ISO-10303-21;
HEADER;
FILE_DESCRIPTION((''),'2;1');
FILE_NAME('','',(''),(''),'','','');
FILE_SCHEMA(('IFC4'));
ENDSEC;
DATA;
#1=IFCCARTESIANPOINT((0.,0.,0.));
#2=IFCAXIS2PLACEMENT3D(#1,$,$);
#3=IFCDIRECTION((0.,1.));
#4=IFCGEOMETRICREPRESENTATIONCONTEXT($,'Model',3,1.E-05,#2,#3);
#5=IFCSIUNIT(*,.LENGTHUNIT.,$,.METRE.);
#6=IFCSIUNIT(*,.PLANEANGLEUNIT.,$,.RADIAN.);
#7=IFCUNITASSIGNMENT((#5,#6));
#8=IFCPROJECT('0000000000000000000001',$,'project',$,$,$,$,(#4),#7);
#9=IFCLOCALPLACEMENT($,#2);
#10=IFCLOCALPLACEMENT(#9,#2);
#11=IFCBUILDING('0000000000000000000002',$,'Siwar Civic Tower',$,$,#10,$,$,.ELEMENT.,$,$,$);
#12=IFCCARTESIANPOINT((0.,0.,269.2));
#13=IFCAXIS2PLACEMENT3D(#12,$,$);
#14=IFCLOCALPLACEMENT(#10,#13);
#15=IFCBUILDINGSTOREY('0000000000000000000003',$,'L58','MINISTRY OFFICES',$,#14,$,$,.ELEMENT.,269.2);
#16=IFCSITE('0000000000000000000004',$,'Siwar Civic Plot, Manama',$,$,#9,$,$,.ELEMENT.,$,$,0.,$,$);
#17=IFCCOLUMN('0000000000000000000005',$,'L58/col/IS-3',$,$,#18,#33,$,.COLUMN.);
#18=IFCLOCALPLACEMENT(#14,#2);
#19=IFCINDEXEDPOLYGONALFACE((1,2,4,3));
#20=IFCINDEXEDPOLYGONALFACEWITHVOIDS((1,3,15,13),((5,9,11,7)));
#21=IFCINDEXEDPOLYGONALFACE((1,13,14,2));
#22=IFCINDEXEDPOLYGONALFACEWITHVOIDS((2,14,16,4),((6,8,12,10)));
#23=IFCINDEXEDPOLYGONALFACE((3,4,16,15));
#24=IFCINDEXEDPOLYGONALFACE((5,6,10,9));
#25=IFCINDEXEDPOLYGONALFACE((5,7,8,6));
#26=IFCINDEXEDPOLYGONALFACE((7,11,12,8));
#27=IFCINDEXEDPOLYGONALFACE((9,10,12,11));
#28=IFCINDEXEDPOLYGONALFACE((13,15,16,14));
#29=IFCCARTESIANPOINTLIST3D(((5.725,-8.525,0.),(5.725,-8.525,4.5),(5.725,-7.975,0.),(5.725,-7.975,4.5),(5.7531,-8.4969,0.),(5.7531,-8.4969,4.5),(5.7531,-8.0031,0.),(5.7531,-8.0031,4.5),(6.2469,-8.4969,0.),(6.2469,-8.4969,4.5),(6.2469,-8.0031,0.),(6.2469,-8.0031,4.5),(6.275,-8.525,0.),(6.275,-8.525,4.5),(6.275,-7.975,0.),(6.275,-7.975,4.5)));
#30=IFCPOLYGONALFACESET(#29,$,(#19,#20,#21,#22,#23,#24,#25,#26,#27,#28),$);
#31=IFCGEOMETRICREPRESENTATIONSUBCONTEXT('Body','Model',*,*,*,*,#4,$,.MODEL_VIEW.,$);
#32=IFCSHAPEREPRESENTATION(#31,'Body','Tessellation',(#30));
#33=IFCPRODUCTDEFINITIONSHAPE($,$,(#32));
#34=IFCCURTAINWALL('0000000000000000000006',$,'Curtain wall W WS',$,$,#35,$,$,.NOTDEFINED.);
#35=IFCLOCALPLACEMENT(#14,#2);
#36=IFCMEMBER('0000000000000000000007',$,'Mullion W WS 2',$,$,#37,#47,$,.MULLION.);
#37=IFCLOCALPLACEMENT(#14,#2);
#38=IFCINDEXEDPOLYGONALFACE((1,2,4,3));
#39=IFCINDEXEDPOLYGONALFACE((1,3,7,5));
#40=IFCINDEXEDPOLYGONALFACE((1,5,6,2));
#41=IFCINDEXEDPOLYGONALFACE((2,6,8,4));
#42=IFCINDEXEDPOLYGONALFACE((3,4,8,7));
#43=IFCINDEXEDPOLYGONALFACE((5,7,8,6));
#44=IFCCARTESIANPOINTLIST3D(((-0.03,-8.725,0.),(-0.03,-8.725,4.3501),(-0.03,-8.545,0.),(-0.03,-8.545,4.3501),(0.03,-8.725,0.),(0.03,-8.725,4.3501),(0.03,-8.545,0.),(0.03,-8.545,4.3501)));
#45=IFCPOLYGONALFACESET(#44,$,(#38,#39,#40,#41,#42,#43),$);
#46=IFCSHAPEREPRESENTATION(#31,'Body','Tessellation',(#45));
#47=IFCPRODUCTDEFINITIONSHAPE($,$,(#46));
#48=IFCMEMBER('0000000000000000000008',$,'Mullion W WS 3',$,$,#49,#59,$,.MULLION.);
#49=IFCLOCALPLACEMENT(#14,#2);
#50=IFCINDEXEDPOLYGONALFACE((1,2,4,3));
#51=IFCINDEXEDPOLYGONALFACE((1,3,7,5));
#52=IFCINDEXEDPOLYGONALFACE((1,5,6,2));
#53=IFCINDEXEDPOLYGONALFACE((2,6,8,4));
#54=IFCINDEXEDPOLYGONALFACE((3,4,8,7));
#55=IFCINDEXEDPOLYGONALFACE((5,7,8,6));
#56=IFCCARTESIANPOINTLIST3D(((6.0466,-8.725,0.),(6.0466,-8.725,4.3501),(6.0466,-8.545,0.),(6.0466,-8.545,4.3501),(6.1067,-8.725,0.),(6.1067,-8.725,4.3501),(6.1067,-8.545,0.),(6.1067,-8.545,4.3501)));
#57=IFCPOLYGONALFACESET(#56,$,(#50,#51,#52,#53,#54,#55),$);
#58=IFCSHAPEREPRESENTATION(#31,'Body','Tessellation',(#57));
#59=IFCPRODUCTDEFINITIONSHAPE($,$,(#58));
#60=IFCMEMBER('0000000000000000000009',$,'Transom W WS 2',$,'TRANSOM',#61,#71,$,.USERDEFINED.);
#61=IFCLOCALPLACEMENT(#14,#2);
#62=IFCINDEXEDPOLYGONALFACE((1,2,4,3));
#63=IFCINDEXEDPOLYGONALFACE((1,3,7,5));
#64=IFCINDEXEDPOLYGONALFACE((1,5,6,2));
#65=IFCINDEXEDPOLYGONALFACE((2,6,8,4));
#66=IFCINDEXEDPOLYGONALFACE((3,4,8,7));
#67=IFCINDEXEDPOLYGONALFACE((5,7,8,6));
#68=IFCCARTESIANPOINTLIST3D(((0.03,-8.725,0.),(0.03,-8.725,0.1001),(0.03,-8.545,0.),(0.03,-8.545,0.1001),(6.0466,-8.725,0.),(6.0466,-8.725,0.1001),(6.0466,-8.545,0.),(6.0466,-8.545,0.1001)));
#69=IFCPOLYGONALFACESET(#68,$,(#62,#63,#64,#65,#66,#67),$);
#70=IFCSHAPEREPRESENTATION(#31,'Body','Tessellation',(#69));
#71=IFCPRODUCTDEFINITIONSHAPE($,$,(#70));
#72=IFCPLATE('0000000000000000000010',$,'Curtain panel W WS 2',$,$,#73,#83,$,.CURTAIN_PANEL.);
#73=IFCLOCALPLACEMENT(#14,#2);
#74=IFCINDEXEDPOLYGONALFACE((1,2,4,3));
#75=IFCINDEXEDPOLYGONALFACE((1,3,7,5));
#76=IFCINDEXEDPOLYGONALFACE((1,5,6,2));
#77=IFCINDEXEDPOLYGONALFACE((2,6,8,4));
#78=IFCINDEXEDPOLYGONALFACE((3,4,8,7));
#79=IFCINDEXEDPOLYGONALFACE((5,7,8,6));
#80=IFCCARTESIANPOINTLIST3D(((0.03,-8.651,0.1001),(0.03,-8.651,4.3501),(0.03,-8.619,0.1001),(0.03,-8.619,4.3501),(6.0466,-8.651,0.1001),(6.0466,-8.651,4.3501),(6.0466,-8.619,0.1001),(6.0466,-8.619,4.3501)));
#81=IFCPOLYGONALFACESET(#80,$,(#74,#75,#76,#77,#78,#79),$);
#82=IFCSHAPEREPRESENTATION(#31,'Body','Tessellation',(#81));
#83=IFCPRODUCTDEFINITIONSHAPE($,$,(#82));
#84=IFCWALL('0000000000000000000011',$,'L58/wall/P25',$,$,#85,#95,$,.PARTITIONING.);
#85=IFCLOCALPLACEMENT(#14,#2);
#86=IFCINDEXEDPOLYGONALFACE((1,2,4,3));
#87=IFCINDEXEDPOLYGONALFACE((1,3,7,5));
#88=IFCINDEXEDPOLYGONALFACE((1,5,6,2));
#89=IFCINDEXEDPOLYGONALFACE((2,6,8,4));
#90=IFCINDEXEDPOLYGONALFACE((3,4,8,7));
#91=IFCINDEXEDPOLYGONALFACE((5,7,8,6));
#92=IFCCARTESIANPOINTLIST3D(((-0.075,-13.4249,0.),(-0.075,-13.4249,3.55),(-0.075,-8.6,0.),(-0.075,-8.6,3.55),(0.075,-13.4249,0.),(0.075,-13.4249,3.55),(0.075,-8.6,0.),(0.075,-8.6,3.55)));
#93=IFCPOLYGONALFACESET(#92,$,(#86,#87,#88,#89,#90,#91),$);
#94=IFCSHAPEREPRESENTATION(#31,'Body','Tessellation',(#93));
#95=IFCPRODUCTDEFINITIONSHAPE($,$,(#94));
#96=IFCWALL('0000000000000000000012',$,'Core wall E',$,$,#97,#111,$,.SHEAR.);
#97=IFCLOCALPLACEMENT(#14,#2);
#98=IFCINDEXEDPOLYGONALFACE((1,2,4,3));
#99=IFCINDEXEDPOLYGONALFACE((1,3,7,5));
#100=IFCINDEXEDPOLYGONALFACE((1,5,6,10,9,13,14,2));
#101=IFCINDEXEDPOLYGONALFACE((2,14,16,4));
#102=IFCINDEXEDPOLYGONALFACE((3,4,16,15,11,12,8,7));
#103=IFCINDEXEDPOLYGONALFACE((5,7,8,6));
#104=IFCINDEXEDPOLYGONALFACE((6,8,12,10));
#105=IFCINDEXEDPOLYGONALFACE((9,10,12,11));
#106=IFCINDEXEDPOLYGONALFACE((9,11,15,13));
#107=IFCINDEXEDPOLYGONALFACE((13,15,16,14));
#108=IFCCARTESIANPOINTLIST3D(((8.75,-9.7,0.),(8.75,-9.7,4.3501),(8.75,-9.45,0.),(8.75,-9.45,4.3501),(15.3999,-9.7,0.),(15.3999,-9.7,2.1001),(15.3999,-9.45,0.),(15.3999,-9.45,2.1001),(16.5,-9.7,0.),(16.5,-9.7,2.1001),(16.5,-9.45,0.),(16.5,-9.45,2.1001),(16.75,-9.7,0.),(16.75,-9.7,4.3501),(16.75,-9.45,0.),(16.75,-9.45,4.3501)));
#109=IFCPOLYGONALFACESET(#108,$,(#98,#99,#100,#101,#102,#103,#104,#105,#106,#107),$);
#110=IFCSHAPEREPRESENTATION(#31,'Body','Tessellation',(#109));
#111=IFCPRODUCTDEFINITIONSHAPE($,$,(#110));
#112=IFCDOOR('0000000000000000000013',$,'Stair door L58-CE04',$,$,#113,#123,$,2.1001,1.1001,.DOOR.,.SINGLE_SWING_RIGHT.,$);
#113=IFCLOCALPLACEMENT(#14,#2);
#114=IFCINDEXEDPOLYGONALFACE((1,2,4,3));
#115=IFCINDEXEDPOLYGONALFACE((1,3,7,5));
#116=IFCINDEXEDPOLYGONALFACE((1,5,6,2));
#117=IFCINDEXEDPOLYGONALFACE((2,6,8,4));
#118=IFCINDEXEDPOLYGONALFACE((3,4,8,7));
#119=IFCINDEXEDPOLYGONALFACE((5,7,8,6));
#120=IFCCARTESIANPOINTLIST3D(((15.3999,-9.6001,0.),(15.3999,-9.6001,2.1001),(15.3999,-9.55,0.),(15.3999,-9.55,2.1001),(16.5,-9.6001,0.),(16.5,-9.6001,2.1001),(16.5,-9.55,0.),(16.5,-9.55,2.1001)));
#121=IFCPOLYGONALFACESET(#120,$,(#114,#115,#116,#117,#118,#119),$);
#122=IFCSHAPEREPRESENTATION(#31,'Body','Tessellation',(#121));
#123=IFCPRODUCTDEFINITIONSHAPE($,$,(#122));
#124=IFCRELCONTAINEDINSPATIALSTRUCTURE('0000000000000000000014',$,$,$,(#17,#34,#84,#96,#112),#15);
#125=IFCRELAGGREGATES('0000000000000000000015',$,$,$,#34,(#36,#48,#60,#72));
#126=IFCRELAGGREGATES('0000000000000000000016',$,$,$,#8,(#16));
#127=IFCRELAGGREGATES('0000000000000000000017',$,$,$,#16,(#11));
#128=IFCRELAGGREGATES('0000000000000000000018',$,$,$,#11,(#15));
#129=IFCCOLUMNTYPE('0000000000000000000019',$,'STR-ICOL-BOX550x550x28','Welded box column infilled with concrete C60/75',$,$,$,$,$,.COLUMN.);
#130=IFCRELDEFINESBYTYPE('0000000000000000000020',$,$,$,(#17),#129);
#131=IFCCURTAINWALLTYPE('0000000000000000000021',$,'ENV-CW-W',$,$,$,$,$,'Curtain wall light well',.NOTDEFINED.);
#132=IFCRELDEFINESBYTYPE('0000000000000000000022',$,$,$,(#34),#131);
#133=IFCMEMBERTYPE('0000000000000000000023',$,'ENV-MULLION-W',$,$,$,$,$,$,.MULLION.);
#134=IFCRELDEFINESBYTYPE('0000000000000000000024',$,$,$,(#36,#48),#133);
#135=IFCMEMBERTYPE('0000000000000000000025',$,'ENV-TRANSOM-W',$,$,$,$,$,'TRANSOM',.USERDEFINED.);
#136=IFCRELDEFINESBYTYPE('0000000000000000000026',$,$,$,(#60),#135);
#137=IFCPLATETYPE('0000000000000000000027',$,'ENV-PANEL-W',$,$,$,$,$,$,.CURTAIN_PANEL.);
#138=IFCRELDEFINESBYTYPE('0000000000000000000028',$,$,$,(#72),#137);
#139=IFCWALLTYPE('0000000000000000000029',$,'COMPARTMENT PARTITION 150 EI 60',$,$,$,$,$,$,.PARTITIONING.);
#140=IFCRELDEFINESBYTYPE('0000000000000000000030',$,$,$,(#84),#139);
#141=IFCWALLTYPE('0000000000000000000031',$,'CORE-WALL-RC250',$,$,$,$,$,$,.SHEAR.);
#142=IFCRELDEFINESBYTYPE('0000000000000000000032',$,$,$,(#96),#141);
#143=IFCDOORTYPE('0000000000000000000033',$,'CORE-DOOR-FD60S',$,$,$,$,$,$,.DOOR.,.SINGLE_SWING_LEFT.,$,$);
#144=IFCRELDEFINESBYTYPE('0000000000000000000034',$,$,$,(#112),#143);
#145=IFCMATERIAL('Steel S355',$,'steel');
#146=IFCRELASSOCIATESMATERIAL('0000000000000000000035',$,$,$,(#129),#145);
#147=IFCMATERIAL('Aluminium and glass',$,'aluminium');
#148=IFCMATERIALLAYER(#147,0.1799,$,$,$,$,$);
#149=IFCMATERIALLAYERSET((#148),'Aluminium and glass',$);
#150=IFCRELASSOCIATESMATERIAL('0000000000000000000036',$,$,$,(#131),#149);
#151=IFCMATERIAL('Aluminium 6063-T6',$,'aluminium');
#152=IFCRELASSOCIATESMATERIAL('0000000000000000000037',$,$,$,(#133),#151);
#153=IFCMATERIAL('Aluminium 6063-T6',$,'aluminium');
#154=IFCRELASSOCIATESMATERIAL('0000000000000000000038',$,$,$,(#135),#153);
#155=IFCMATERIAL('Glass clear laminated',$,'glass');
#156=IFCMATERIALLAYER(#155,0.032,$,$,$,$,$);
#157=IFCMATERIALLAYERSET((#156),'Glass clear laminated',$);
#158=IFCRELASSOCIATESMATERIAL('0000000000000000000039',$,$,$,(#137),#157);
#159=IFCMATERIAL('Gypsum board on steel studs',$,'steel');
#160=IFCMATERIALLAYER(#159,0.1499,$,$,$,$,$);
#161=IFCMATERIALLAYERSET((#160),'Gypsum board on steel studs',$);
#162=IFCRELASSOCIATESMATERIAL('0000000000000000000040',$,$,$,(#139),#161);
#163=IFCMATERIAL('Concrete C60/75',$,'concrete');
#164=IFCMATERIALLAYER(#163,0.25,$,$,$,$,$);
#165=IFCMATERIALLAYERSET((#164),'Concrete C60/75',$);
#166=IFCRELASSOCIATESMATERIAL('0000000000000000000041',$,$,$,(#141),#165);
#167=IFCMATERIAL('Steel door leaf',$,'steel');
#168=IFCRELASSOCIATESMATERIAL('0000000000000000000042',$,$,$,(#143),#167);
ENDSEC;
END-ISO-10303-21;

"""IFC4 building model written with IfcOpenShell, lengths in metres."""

from ifc_helpers import new_model, si_unit, direction, frame, frame_2d, origin, origin_2d, place, context, subcontext, project, spatial, rectangle, hollow_rectangle, extrude, material, layer, layer_set, material_profile, profile_set, type_object, element, fill, aggregate, save


model = new_model("IFC4")

# Units and contexts
model_context = context("Model", 3, precision=1e-05, world=origin(), true_north=direction((0.0, 1.0)))
body_context = subcontext(model_context, "Body", "Model", "MODEL_VIEW")
ifc_project = project(units=[si_unit("LENGTHUNIT", "METRE"), si_unit("PLANEANGLEUNIT", "RADIAN")], contexts=[model_context])

# Site, building, storey
site_placement = place(None, origin())
site = spatial("IfcSite", under=ifc_project, at=site_placement, Name="Siwar Civic Plot, Manama", CompositionType="ELEMENT", RefElevation=0.0)
building_placement = place(site_placement, origin())
building = spatial("IfcBuilding", under=site, at=building_placement, Name="Siwar Civic Tower", CompositionType="ELEMENT")
storey_placement = place(building_placement, frame((0.0, 0.0, 269.2)))
storey = spatial("IfcBuildingStorey", under=building, at=storey_placement, Name="L58", Description="MINISTRY OFFICES", CompositionType="ELEMENT", Elevation=269.2)

# Column
ifc_material_1 = material(Name="Steel S355", Category="steel")
ifc_material_profile_1 = material_profile(ifc_material_1, hollow_rectangle(XDim=0.55, YDim=0.55, WallThickness=0.0281, at=origin_2d()), Name="BOX550x550x28")
ifc_profile_set_1 = profile_set([ifc_material_profile_1], Name="Steel S355")
column_type = type_object("IfcColumnType", Name="STR-ICOL-BOX550x550x28", Description="Welded box column infilled with concrete C60/75", PredefinedType="COLUMN", material=ifc_profile_set_1)
column_placement = place(storey_placement, frame((6.0, -8.25, 0.0), z_axis=(0.0, 0.0, 1.0), x_axis=(1.0, 0.0, 0.0)))
element("IfcColumn", 1, at=column_placement, inside=storey, type_object=column_type, Name="L58/col/IS-3", PredefinedType="COLUMN", context=body_context, shape_type="SweptSolid", body=[
    extrude(hollow_rectangle(XDim=0.55, YDim=0.55, WallThickness=0.0281, at=origin_2d()), origin(), (0.0, 0.0, 1.0), 4.5),
])

# Curtain wall, members, plate
ifc_material_2 = material(Name="Aluminium and glass", Category="aluminium")
ifc_layer_1 = layer(ifc_material_2, 0.1799)
ifc_layer_set_1 = layer_set([ifc_layer_1], Name="Aluminium and glass")
curtain_wall_type = type_object("IfcCurtainWallType", Name="ENV-CW-W", ElementType="Curtain wall light well", PredefinedType="NOTDEFINED", material=ifc_layer_set_1)
curtain_wall_placement = place(storey_placement, origin())
curtain_wall = element("IfcCurtainWall", 2, at=curtain_wall_placement, inside=storey, type_object=curtain_wall_type, Name="Curtain wall W WS", PredefinedType="NOTDEFINED")
ifc_material_3 = material(Name="Aluminium 6063-T6", Category="aluminium")
ifc_material_profile_2 = material_profile(ifc_material_3, rectangle(XDim=0.1799, YDim=0.0601, at=origin_2d()), Name="AL 180x60")
ifc_profile_set_2 = profile_set([ifc_material_profile_2], Name="Aluminium 6063-T6")
member_type_1 = type_object("IfcMemberType", Name="ENV-MULLION-W", PredefinedType="MULLION", material=ifc_profile_set_2)
member_1_placement = place(storey_placement, frame((0.0, -8.635, 0.0), z_axis=(0.0, 0.0, 1.0), x_axis=(0.0, 1.0, 0.0)))
member_1 = element("IfcMember", 3, at=member_1_placement, type_object=member_type_1, Name="Mullion W WS 2", PredefinedType="MULLION", context=body_context, shape_type="SweptSolid", body=[
    extrude(rectangle(XDim=0.1799, YDim=0.0601, at=origin_2d()), origin(), (0.0, 0.0, 1.0), 4.3501),
])
member_2_placement = place(storey_placement, frame((6.0767, -8.635, 0.0), z_axis=(0.0, 0.0, 1.0), x_axis=(0.0, 1.0, 0.0)))
member_2 = element("IfcMember", 4, at=member_2_placement, type_object=member_type_1, Name="Mullion W WS 3", PredefinedType="MULLION", context=body_context, shape_type="SweptSolid", body=[
    extrude(rectangle(XDim=0.1799, YDim=0.0601, at=origin_2d()), origin(), (0.0, 0.0, 1.0), 4.3501),
])
ifc_material_4 = material(Name="Aluminium 6063-T6", Category="aluminium")
ifc_material_profile_3 = material_profile(ifc_material_4, rectangle(XDim=0.1799, YDim=0.1001, at=origin_2d()), Name="AL 180x100")
ifc_profile_set_3 = profile_set([ifc_material_profile_3], Name="Aluminium 6063-T6")
member_type_2 = type_object("IfcMemberType", Name="ENV-TRANSOM-W", ElementType="TRANSOM", PredefinedType="USERDEFINED", material=ifc_profile_set_3)
member_3_placement = place(storey_placement, frame((0.03, -8.635, 0.05), z_axis=(1.0, 0.0, 0.0), x_axis=(0.0, 1.0, 0.0)))
member_3 = element("IfcMember", 5, at=member_3_placement, type_object=member_type_2, Name="Transom W WS 2", ObjectType="TRANSOM", PredefinedType="USERDEFINED", context=body_context, shape_type="SweptSolid", body=[
    extrude(rectangle(XDim=0.1799, YDim=0.1001, at=origin_2d()), origin(), (0.0, 0.0, 1.0), 6.0166),
])
ifc_material_5 = material(Name="Glass clear laminated", Category="glass")
ifc_layer_2 = layer(ifc_material_5, 0.032)
ifc_layer_set_2 = layer_set([ifc_layer_2], Name="Glass clear laminated")
plate_type = type_object("IfcPlateType", Name="ENV-PANEL-W", PredefinedType="CURTAIN_PANEL", material=ifc_layer_set_2)
plate_placement = place(storey_placement, frame((3.0383, -8.635, 0.1001), z_axis=(0.0, 0.0, 1.0), x_axis=(1.0, 0.0, 0.0)))
plate = element("IfcPlate", 6, at=plate_placement, type_object=plate_type, Name="Curtain panel W WS 2", PredefinedType="CURTAIN_PANEL", context=body_context, shape_type="SweptSolid", body=[
    extrude(rectangle(XDim=6.0166, YDim=0.032, at=origin_2d()), origin(), (0.0, 0.0, 1.0), 4.25),
])
aggregate(curtain_wall, [member_1, member_2, member_3, plate])

# Wall
ifc_material_6 = material(Name="Gypsum board on steel studs", Category="steel")
ifc_layer_3 = layer(ifc_material_6, 0.1499)
ifc_layer_set_3 = layer_set([ifc_layer_3], Name="Gypsum board on steel studs")
wall_type_1 = type_object("IfcWallType", Name="COMPARTMENT PARTITION 150 EI 60", PredefinedType="PARTITIONING", material=ifc_layer_set_3)
wall_1_placement = place(storey_placement, frame((0.0, -13.425, 0.0), z_axis=(0.0, 0.0, 1.0), x_axis=(0.0, 1.0, 0.0)))
element("IfcWall", 7, at=wall_1_placement, inside=storey, type_object=wall_type_1, Name="L58/wall/P25", PredefinedType="PARTITIONING", context=body_context, shape_type="SweptSolid", body=[
    extrude(rectangle(XDim=4.825, YDim=0.1499, at=frame_2d((2.4126, 0.0))), origin(), (0.0, 0.0, 1.0), 3.55),
])

# Wall, opening, door
ifc_material_7 = material(Name="Concrete C60/75", Category="concrete")
ifc_layer_4 = layer(ifc_material_7, 0.25)
ifc_layer_set_4 = layer_set([ifc_layer_4], Name="Concrete C60/75")
wall_type_2 = type_object("IfcWallType", Name="CORE-WALL-RC250", PredefinedType="SHEAR", material=ifc_layer_set_4)
wall_2_placement = place(storey_placement, frame((8.75, -9.575, 0.0), z_axis=(0.0, 0.0, 1.0), x_axis=(1.0, 0.0, 0.0)))
wall_2 = element("IfcWall", 8, at=wall_2_placement, inside=storey, type_object=wall_type_2, Name="Core wall E", PredefinedType="SHEAR", context=body_context, shape_type="SweptSolid", body=[
    extrude(rectangle(XDim=8.0, YDim=0.25, at=frame_2d((4.0, 0.0))), origin(), (0.0, 0.0, 1.0), 4.3501),
])
opening_1_placement = place(wall_2_placement, frame((6.6499, 0.0, 0.0)))
opening_1 = element("IfcOpeningElement", 9, at=opening_1_placement, cuts=wall_2, PredefinedType="OPENING", context=body_context, shape_type="SweptSolid", body=[
    extrude(rectangle(XDim=1.1001, YDim=2.1001, at=frame_2d((0.55, 1.05))), frame((0.0, 0.135, 0.0), z_axis=(0.0, -1.0, 0.0), x_axis=(1.0, 0.0, 0.0)), (0.0, 0.0, 1.0), 0.27),
])
ifc_material_8 = material(Name="Steel door leaf", Category="steel")
door_type_1 = type_object("IfcDoorType", Name="CORE-DOOR-FD60S", OperationType="SINGLE_SWING_LEFT", PredefinedType="DOOR", material=ifc_material_8)
door_1_placement = place(opening_1_placement, origin())
door_1 = element("IfcDoor", 10, at=door_1_placement, inside=storey, type_object=door_type_1, Name="Stair door L58-CE04", OperationType="SINGLE_SWING_RIGHT", OverallHeight=2.1001, OverallWidth=1.1001, PredefinedType="DOOR", context=body_context, shape_type="SweptSolid", body=[
    extrude(rectangle(XDim=1.1001, YDim=2.1001, at=frame_2d((0.55, 1.05))), frame((0.0, 0.0249, 0.0), z_axis=(0.0, -1.0, 0.0), x_axis=(1.0, 0.0, 0.0)), (0.0, 0.0, 1.0), 0.05),
])
fill(opening_1, door_1)

save(model, "model.ifc")
